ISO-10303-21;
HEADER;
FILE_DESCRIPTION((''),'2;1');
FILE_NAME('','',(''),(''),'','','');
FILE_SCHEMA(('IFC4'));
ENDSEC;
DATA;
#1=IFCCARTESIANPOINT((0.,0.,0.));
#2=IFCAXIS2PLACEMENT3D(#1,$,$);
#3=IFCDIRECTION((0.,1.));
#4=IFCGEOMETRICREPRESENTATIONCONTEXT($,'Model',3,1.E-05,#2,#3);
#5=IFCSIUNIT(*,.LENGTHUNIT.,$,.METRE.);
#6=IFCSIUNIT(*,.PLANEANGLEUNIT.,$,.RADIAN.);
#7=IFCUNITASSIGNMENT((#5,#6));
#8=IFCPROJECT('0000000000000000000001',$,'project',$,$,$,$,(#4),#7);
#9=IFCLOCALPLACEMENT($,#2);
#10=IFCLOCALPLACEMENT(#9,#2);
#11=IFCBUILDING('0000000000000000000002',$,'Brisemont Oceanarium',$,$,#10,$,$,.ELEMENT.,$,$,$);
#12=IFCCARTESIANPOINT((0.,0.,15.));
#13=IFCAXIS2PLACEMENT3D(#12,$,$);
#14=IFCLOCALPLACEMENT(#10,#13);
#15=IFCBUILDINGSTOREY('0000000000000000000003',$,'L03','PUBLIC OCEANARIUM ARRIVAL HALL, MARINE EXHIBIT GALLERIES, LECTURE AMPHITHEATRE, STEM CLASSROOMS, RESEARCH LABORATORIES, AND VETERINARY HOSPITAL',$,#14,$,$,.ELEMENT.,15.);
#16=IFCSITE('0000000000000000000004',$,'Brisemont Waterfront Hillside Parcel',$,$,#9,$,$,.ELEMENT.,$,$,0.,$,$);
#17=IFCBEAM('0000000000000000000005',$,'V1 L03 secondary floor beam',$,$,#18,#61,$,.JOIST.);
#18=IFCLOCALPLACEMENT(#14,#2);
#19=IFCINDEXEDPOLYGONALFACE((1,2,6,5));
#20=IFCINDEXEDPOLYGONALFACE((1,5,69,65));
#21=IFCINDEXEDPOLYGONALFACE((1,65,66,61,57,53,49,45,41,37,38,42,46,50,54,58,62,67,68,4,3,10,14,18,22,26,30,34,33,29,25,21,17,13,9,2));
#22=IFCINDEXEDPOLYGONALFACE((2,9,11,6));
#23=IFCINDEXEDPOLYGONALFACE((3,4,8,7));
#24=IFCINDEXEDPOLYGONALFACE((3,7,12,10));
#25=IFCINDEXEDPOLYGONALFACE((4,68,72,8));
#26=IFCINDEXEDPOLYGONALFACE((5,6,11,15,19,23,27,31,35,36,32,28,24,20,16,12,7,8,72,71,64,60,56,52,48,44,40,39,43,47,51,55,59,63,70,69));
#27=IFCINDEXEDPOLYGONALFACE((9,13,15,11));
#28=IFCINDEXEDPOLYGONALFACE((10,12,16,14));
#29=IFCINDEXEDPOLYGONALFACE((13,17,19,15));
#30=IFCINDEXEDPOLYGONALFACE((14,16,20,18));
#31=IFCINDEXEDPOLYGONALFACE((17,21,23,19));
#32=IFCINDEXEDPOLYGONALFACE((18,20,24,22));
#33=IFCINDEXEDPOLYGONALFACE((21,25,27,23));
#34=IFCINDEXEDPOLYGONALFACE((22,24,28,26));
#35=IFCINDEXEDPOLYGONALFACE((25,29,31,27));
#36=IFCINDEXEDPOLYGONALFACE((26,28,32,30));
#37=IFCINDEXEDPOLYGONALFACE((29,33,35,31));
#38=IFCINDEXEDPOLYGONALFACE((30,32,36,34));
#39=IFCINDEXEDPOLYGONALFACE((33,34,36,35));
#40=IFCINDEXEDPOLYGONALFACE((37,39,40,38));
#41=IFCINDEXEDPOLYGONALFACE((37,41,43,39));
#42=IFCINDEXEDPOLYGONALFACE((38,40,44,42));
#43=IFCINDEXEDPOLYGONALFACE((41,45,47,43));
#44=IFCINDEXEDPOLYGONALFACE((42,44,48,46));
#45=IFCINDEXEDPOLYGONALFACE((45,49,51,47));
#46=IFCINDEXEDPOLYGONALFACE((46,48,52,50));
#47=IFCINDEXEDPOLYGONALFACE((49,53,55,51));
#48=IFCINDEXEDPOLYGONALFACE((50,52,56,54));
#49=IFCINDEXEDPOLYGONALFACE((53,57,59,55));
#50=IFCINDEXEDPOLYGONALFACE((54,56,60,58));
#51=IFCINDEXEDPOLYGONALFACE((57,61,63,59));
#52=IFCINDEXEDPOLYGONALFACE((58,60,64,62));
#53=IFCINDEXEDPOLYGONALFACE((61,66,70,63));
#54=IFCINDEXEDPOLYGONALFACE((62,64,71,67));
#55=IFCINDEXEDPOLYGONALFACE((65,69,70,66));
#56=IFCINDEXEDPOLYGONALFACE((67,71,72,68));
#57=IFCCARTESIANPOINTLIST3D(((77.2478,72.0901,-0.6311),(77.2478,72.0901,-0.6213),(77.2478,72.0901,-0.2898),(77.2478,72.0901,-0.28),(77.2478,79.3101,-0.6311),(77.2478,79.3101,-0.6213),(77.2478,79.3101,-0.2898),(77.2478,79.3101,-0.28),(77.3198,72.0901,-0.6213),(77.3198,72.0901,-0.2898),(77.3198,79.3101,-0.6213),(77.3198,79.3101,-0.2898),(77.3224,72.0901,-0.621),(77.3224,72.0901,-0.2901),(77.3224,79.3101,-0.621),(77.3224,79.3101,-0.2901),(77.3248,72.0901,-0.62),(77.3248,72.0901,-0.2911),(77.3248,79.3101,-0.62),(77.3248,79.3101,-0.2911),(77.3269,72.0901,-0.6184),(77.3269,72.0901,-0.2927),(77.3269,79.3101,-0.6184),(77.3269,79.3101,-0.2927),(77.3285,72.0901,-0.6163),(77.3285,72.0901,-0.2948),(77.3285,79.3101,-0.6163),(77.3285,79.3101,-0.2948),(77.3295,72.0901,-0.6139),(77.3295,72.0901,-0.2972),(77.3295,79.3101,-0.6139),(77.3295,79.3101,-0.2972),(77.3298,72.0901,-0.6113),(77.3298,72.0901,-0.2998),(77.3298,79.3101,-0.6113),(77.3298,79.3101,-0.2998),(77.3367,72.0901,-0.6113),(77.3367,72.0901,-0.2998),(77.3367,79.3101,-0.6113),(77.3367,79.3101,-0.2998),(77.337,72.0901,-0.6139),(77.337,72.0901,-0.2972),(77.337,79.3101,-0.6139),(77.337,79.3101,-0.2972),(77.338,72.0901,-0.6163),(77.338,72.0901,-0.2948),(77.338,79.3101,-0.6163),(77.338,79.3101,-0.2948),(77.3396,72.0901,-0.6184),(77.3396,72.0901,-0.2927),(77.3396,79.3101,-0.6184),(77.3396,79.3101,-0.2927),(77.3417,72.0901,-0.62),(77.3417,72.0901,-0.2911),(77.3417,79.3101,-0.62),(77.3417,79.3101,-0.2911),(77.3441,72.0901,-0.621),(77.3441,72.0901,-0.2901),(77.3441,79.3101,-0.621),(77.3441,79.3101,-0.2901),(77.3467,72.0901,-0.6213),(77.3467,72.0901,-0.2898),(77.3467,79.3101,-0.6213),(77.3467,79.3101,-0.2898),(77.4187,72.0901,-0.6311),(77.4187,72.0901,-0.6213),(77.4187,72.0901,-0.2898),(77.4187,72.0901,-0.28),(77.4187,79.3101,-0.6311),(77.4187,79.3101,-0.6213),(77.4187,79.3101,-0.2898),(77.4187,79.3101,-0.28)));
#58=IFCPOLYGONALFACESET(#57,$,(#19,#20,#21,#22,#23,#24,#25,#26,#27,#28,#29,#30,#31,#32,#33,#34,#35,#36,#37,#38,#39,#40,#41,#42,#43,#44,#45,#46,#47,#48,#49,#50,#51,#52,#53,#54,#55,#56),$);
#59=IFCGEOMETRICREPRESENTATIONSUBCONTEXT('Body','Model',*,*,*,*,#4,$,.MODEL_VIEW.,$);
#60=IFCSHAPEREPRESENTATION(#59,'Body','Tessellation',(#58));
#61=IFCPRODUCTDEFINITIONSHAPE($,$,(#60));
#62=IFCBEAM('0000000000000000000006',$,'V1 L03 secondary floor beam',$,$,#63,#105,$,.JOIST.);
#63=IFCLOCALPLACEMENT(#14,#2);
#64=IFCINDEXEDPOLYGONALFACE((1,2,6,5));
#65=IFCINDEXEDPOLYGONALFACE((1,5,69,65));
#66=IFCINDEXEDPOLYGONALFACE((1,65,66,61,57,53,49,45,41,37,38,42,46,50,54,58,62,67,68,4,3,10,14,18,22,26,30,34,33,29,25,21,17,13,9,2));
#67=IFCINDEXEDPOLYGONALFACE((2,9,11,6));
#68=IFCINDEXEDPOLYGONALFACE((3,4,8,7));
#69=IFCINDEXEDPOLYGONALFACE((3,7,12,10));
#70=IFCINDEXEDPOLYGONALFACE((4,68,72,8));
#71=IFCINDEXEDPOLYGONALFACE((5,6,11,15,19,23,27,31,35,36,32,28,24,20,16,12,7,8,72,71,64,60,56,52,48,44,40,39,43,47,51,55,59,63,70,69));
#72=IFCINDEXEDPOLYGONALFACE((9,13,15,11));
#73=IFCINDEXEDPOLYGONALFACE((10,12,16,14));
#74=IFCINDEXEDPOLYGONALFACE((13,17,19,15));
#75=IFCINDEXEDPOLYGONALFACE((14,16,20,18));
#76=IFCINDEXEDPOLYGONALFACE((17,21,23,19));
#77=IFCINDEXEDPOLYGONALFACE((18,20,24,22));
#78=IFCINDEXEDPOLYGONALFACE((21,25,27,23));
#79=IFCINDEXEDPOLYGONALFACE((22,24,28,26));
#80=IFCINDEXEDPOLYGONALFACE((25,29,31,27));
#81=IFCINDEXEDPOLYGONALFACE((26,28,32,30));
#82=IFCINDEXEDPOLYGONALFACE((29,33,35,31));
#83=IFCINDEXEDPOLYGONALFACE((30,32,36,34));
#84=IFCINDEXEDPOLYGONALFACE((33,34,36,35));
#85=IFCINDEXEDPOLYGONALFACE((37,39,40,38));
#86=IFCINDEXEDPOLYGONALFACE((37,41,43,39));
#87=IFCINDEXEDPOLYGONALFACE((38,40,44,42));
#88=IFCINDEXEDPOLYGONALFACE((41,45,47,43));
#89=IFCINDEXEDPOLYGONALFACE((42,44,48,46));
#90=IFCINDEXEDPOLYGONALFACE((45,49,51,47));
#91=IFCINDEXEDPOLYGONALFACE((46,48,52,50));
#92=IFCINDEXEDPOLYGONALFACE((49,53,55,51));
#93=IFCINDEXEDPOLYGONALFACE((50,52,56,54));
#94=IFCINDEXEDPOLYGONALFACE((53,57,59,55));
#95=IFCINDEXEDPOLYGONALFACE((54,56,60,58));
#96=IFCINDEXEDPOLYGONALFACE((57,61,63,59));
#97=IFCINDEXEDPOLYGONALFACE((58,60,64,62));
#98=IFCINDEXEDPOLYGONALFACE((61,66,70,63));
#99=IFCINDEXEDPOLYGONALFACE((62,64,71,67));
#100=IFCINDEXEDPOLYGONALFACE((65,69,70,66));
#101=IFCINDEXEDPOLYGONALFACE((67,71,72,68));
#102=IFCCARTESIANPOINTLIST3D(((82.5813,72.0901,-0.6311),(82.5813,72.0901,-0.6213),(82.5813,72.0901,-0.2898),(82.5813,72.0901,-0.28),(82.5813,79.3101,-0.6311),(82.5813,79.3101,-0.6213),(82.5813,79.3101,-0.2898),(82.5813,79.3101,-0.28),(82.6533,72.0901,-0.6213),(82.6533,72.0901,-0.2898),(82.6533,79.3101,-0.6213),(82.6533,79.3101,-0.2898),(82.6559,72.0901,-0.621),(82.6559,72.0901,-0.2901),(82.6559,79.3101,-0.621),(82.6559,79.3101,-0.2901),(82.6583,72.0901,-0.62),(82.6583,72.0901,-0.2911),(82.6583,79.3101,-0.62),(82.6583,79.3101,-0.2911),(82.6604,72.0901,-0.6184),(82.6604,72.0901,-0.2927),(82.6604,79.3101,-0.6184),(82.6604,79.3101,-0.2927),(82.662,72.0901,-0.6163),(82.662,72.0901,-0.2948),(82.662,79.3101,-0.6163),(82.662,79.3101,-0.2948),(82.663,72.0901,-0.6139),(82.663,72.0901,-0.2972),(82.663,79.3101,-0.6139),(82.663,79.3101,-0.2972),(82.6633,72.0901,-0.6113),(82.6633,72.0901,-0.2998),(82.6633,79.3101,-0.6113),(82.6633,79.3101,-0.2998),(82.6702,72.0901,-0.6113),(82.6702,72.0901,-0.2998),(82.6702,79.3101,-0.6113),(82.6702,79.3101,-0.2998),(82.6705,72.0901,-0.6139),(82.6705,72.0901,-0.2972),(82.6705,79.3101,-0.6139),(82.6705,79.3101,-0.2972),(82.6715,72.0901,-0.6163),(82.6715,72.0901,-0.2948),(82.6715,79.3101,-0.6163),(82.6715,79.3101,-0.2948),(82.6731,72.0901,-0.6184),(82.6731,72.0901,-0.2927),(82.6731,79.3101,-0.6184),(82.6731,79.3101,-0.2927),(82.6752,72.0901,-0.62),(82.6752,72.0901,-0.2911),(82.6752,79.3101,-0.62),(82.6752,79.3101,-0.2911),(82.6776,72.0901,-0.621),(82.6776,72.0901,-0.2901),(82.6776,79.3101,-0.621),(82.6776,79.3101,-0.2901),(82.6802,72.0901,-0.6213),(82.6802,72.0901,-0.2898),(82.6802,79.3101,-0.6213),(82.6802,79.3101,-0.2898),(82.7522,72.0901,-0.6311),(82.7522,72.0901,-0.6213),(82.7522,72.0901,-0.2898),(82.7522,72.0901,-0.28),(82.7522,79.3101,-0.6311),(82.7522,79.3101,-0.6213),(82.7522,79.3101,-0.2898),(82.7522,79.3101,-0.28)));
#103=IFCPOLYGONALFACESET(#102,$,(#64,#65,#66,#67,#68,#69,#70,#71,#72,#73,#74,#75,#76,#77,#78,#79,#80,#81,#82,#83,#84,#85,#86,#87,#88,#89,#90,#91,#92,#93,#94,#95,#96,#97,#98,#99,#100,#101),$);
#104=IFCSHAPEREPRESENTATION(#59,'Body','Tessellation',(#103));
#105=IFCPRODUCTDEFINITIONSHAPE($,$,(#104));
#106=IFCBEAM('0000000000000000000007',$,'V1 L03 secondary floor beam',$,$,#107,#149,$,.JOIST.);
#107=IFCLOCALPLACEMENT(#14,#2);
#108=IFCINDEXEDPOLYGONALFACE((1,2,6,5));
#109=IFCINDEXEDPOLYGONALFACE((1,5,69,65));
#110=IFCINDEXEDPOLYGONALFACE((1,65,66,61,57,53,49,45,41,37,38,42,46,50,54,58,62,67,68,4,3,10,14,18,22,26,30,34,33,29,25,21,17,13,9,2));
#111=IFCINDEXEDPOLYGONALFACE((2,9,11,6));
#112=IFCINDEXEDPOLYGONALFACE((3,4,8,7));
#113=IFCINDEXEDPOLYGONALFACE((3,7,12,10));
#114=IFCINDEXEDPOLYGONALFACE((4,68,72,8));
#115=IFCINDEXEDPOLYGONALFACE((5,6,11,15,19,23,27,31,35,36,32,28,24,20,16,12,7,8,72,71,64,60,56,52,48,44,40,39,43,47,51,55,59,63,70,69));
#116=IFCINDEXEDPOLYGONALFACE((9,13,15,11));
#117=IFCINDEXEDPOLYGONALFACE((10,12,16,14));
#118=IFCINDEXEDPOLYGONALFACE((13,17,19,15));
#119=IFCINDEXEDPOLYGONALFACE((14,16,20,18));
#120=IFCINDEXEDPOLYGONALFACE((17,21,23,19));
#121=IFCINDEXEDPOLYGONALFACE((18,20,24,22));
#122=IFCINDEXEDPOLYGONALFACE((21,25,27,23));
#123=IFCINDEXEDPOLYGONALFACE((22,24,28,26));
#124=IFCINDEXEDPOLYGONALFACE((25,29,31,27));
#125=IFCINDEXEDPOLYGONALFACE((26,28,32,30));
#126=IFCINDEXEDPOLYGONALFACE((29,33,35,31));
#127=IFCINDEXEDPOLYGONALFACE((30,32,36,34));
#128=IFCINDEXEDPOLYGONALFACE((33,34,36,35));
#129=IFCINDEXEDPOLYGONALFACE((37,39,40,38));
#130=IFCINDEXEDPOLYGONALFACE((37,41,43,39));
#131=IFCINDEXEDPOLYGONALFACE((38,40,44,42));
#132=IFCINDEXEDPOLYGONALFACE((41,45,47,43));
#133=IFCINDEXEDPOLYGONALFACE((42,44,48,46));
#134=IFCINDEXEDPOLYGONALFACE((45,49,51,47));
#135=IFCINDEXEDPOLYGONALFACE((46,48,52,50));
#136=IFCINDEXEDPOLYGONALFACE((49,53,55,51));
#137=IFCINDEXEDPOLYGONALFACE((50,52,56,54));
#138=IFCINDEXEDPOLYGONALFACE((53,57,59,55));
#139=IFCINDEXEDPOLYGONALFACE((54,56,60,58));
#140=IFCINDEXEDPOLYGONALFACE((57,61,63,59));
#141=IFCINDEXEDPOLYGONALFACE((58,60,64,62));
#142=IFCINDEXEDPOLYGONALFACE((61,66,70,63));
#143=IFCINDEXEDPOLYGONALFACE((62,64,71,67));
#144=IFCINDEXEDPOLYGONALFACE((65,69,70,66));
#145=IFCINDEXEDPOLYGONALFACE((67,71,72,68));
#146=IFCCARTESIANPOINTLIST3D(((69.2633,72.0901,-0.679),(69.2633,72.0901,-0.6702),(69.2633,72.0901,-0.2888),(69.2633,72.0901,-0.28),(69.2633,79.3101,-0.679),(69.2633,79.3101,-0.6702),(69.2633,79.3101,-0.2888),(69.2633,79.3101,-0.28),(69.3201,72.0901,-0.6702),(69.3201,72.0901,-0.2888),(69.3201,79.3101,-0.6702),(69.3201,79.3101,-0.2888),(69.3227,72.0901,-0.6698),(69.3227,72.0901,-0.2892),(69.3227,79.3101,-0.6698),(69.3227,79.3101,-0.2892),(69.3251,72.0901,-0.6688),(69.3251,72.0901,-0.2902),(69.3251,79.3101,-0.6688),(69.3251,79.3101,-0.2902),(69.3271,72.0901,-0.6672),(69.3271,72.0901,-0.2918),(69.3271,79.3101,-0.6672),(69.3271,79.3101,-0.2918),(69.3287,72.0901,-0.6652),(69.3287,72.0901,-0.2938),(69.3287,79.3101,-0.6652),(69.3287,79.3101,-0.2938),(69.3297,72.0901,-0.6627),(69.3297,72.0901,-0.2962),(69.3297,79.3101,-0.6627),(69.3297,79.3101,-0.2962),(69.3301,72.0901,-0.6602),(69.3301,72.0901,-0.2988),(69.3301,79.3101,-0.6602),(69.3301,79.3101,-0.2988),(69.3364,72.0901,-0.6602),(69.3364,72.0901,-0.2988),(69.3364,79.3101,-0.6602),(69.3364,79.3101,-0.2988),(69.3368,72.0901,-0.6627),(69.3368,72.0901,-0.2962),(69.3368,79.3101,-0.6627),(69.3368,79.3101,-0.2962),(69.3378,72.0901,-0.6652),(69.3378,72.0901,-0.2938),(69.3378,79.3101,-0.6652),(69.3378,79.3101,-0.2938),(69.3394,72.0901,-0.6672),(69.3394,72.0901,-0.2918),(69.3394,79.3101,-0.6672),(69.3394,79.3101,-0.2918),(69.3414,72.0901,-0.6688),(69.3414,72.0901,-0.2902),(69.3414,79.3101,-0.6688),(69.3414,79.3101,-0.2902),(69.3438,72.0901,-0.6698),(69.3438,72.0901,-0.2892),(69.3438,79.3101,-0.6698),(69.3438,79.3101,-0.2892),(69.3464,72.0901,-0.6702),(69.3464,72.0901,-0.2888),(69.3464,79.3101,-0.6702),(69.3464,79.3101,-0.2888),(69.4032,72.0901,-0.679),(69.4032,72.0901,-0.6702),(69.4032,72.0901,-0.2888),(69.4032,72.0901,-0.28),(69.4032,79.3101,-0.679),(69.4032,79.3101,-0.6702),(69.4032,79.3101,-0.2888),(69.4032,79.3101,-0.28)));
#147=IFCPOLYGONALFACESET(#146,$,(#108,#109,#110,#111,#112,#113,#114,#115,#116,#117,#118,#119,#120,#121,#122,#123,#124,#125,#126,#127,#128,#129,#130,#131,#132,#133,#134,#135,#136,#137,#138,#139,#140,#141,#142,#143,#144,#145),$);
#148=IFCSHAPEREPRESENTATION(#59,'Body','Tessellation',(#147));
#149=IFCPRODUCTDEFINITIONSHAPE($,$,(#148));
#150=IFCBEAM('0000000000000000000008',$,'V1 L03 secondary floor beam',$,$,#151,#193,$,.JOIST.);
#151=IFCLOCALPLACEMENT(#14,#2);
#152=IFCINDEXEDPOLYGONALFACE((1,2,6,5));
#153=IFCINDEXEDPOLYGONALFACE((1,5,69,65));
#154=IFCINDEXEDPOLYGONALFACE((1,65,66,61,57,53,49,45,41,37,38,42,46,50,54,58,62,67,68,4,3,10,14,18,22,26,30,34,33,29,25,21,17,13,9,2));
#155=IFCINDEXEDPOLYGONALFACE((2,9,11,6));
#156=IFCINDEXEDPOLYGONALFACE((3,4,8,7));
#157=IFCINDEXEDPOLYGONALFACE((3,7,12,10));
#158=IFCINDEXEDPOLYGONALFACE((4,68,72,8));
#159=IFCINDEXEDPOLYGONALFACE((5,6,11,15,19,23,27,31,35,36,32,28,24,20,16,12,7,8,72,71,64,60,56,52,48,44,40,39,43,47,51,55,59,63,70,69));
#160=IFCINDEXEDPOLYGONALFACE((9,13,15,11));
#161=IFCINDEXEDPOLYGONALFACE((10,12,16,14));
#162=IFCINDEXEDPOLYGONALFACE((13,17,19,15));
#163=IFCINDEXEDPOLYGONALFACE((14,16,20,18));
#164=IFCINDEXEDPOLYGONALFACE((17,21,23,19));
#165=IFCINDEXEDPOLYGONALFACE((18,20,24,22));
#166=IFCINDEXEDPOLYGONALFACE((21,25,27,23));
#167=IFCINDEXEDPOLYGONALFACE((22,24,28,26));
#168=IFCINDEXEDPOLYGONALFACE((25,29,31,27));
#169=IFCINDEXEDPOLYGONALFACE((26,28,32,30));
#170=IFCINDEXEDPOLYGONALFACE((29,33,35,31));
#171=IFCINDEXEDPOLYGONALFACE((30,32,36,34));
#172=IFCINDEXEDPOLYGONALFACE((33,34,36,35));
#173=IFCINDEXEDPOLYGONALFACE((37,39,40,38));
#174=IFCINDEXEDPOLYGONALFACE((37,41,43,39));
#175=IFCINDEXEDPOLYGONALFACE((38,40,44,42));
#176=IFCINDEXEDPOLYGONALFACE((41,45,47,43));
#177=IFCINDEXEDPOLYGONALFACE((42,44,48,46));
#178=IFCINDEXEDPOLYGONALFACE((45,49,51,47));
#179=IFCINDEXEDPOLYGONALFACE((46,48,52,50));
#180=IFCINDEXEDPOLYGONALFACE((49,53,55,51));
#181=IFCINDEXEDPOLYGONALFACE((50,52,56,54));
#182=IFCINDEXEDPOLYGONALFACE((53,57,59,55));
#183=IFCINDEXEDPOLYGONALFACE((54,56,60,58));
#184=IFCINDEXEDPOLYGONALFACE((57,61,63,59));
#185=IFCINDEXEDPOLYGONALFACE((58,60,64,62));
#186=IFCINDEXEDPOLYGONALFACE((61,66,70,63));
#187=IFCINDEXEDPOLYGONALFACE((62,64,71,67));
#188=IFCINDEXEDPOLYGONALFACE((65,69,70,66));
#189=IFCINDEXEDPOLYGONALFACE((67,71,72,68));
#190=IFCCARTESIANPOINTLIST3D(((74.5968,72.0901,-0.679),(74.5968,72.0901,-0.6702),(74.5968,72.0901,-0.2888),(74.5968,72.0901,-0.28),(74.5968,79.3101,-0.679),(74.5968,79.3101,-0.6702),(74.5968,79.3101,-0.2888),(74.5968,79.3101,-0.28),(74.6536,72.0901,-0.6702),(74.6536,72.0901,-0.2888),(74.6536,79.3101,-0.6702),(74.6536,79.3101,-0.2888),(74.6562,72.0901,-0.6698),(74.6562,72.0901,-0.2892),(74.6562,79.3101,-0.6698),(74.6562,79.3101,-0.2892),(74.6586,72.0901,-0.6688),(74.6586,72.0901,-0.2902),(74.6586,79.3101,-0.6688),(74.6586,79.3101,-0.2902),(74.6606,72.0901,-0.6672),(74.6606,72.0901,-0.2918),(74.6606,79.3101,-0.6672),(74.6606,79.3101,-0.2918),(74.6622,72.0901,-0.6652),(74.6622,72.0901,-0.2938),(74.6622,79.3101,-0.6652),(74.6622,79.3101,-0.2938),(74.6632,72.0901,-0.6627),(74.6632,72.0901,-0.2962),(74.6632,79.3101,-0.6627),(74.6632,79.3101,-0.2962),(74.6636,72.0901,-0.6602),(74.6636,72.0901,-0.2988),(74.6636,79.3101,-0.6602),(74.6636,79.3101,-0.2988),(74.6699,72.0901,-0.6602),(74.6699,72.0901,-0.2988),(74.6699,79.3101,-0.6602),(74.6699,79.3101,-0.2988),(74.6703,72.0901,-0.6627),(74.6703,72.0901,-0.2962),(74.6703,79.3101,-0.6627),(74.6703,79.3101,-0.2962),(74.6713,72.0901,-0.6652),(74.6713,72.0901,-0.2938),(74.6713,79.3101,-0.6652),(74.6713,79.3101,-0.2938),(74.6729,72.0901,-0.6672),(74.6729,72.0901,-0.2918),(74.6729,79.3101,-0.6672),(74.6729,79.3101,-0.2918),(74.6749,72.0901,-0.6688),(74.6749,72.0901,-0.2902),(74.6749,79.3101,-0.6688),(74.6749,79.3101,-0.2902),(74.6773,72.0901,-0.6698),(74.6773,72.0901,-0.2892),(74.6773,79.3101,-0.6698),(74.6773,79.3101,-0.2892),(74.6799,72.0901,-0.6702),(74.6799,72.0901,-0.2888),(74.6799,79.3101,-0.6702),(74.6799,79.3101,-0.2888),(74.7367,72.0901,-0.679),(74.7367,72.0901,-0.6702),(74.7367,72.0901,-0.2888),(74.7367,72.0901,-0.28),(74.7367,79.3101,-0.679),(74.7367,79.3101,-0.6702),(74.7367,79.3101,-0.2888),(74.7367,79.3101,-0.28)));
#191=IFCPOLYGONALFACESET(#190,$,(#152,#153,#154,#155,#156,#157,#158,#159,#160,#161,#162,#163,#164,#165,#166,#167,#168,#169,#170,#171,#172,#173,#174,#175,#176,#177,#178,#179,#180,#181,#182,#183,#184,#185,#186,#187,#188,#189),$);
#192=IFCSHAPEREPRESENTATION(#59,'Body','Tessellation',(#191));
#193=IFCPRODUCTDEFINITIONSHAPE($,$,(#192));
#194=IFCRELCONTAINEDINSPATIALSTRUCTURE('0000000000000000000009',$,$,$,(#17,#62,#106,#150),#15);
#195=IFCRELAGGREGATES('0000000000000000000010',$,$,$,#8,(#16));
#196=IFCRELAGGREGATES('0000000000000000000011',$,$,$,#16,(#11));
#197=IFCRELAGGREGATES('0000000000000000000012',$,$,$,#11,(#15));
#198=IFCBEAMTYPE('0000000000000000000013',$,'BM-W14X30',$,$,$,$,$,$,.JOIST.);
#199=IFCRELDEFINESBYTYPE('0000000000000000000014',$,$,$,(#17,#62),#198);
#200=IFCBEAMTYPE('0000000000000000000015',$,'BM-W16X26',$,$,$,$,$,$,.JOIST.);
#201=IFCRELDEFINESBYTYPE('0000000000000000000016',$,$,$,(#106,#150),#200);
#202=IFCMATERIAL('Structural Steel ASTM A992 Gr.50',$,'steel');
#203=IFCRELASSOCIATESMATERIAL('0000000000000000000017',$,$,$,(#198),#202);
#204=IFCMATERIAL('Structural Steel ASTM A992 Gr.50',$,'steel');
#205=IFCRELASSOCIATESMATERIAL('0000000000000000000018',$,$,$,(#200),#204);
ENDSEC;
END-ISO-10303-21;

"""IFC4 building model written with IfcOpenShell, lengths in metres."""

from ifc_helpers import new_model, si_unit, direction, frame, origin, origin_2d, place, context, subcontext, project, spatial, i_section, extrude, material, material_profile, profile_set, type_object, element, save


model = new_model("IFC4")

# Units and contexts
model_context = context("Model", 3, precision=1e-05, world=origin(), true_north=direction((0.0, 1.0)))
body_context = subcontext(model_context, "Body", "Model", "MODEL_VIEW")
ifc_project = project(units=[si_unit("LENGTHUNIT", "METRE"), si_unit("PLANEANGLEUNIT", "RADIAN")], contexts=[model_context])

# Site, building, storey
site_placement = place(None, origin())
site = spatial("IfcSite", under=ifc_project, at=site_placement, Name="Brisemont Waterfront Hillside Parcel", CompositionType="ELEMENT", RefElevation=0.0)
building_placement = place(site_placement, origin())
building = spatial("IfcBuilding", under=site, at=building_placement, Name="Brisemont Oceanarium", CompositionType="ELEMENT")
storey_placement = place(building_placement, frame((0.0, 0.0, 15.0)))
storey = spatial("IfcBuildingStorey", under=building, at=storey_placement, Name="L03", Description="PUBLIC OCEANARIUM ARRIVAL HALL, MARINE EXHIBIT GALLERIES, LECTURE AMPHITHEATRE, STEM CLASSROOMS, RESEARCH LABORATORIES, AND VETERINARY HOSPITAL", CompositionType="ELEMENT", Elevation=15.0)

# Beams
ifc_material_1 = material(Name="Structural Steel ASTM A992 Gr.50", Category="steel")
ifc_material_profile_1 = material_profile(ifc_material_1, i_section(OverallWidth=0.1709, OverallDepth=0.3511, WebThickness=0.0068, FlangeThickness=0.0098, FilletRadius=0.01, at=origin_2d()), Name="W14X30")
ifc_profile_set_1 = profile_set([ifc_material_profile_1], Name="Structural Steel ASTM A992 Gr.50")
beam_type_1 = type_object("IfcBeamType", Name="BM-W14X30", PredefinedType="JOIST", material=ifc_profile_set_1)
for number, where, z_axis, x_axis, name in (
    (1, (77.3333, 72.0901, -0.4556), (0.0, 1.0, 0.0), (-1.0, 0.0, 0.0), "V1 L03 secondary floor beam"),
    (2, (82.6667, 72.0901, -0.4556), (0.0, 1.0, 0.0), (-1.0, 0.0, 0.0), "V1 L03 secondary floor beam"),
):
    element("IfcBeam", number, at=place(storey_placement, frame(where, z_axis=z_axis, x_axis=x_axis)), inside=storey, type_object=beam_type_1, Name=name, PredefinedType="JOIST", context=body_context, shape_type="SweptSolid", body=[
        extrude(i_section(OverallWidth=0.1709, OverallDepth=0.3511, WebThickness=0.0068, FlangeThickness=0.0098, FilletRadius=0.01, at=origin_2d()), origin(), (0.0, 0.0, 1.0), 7.22),
    ])
ifc_material_2 = material(Name="Structural Steel ASTM A992 Gr.50", Category="steel")
ifc_material_profile_2 = material_profile(ifc_material_2, i_section(OverallWidth=0.1399, OverallDepth=0.3989, WebThickness=0.0063, FlangeThickness=0.0088, FilletRadius=0.01, at=origin_2d()), Name="W16X26")
ifc_profile_set_2 = profile_set([ifc_material_profile_2], Name="Structural Steel ASTM A992 Gr.50")
beam_type_2 = type_object("IfcBeamType", Name="BM-W16X26", PredefinedType="JOIST", material=ifc_profile_set_2)
for number, where, z_axis, x_axis, name in (
    (3, (69.3333, 72.0901, -0.4795), (0.0, 1.0, 0.0), (-1.0, 0.0, 0.0), "V1 L03 secondary floor beam"),
    (4, (74.6667, 72.0901, -0.4795), (0.0, 1.0, 0.0), (-1.0, 0.0, 0.0), "V1 L03 secondary floor beam"),
):
    element("IfcBeam", number, at=place(storey_placement, frame(where, z_axis=z_axis, x_axis=x_axis)), inside=storey, type_object=beam_type_2, Name=name, PredefinedType="JOIST", context=body_context, shape_type="SweptSolid", body=[
        extrude(i_section(OverallWidth=0.1399, OverallDepth=0.3989, WebThickness=0.0063, FlangeThickness=0.0088, FilletRadius=0.01, at=origin_2d()), origin(), (0.0, 0.0, 1.0), 7.22),
    ])

save(model, "model.ifc")
